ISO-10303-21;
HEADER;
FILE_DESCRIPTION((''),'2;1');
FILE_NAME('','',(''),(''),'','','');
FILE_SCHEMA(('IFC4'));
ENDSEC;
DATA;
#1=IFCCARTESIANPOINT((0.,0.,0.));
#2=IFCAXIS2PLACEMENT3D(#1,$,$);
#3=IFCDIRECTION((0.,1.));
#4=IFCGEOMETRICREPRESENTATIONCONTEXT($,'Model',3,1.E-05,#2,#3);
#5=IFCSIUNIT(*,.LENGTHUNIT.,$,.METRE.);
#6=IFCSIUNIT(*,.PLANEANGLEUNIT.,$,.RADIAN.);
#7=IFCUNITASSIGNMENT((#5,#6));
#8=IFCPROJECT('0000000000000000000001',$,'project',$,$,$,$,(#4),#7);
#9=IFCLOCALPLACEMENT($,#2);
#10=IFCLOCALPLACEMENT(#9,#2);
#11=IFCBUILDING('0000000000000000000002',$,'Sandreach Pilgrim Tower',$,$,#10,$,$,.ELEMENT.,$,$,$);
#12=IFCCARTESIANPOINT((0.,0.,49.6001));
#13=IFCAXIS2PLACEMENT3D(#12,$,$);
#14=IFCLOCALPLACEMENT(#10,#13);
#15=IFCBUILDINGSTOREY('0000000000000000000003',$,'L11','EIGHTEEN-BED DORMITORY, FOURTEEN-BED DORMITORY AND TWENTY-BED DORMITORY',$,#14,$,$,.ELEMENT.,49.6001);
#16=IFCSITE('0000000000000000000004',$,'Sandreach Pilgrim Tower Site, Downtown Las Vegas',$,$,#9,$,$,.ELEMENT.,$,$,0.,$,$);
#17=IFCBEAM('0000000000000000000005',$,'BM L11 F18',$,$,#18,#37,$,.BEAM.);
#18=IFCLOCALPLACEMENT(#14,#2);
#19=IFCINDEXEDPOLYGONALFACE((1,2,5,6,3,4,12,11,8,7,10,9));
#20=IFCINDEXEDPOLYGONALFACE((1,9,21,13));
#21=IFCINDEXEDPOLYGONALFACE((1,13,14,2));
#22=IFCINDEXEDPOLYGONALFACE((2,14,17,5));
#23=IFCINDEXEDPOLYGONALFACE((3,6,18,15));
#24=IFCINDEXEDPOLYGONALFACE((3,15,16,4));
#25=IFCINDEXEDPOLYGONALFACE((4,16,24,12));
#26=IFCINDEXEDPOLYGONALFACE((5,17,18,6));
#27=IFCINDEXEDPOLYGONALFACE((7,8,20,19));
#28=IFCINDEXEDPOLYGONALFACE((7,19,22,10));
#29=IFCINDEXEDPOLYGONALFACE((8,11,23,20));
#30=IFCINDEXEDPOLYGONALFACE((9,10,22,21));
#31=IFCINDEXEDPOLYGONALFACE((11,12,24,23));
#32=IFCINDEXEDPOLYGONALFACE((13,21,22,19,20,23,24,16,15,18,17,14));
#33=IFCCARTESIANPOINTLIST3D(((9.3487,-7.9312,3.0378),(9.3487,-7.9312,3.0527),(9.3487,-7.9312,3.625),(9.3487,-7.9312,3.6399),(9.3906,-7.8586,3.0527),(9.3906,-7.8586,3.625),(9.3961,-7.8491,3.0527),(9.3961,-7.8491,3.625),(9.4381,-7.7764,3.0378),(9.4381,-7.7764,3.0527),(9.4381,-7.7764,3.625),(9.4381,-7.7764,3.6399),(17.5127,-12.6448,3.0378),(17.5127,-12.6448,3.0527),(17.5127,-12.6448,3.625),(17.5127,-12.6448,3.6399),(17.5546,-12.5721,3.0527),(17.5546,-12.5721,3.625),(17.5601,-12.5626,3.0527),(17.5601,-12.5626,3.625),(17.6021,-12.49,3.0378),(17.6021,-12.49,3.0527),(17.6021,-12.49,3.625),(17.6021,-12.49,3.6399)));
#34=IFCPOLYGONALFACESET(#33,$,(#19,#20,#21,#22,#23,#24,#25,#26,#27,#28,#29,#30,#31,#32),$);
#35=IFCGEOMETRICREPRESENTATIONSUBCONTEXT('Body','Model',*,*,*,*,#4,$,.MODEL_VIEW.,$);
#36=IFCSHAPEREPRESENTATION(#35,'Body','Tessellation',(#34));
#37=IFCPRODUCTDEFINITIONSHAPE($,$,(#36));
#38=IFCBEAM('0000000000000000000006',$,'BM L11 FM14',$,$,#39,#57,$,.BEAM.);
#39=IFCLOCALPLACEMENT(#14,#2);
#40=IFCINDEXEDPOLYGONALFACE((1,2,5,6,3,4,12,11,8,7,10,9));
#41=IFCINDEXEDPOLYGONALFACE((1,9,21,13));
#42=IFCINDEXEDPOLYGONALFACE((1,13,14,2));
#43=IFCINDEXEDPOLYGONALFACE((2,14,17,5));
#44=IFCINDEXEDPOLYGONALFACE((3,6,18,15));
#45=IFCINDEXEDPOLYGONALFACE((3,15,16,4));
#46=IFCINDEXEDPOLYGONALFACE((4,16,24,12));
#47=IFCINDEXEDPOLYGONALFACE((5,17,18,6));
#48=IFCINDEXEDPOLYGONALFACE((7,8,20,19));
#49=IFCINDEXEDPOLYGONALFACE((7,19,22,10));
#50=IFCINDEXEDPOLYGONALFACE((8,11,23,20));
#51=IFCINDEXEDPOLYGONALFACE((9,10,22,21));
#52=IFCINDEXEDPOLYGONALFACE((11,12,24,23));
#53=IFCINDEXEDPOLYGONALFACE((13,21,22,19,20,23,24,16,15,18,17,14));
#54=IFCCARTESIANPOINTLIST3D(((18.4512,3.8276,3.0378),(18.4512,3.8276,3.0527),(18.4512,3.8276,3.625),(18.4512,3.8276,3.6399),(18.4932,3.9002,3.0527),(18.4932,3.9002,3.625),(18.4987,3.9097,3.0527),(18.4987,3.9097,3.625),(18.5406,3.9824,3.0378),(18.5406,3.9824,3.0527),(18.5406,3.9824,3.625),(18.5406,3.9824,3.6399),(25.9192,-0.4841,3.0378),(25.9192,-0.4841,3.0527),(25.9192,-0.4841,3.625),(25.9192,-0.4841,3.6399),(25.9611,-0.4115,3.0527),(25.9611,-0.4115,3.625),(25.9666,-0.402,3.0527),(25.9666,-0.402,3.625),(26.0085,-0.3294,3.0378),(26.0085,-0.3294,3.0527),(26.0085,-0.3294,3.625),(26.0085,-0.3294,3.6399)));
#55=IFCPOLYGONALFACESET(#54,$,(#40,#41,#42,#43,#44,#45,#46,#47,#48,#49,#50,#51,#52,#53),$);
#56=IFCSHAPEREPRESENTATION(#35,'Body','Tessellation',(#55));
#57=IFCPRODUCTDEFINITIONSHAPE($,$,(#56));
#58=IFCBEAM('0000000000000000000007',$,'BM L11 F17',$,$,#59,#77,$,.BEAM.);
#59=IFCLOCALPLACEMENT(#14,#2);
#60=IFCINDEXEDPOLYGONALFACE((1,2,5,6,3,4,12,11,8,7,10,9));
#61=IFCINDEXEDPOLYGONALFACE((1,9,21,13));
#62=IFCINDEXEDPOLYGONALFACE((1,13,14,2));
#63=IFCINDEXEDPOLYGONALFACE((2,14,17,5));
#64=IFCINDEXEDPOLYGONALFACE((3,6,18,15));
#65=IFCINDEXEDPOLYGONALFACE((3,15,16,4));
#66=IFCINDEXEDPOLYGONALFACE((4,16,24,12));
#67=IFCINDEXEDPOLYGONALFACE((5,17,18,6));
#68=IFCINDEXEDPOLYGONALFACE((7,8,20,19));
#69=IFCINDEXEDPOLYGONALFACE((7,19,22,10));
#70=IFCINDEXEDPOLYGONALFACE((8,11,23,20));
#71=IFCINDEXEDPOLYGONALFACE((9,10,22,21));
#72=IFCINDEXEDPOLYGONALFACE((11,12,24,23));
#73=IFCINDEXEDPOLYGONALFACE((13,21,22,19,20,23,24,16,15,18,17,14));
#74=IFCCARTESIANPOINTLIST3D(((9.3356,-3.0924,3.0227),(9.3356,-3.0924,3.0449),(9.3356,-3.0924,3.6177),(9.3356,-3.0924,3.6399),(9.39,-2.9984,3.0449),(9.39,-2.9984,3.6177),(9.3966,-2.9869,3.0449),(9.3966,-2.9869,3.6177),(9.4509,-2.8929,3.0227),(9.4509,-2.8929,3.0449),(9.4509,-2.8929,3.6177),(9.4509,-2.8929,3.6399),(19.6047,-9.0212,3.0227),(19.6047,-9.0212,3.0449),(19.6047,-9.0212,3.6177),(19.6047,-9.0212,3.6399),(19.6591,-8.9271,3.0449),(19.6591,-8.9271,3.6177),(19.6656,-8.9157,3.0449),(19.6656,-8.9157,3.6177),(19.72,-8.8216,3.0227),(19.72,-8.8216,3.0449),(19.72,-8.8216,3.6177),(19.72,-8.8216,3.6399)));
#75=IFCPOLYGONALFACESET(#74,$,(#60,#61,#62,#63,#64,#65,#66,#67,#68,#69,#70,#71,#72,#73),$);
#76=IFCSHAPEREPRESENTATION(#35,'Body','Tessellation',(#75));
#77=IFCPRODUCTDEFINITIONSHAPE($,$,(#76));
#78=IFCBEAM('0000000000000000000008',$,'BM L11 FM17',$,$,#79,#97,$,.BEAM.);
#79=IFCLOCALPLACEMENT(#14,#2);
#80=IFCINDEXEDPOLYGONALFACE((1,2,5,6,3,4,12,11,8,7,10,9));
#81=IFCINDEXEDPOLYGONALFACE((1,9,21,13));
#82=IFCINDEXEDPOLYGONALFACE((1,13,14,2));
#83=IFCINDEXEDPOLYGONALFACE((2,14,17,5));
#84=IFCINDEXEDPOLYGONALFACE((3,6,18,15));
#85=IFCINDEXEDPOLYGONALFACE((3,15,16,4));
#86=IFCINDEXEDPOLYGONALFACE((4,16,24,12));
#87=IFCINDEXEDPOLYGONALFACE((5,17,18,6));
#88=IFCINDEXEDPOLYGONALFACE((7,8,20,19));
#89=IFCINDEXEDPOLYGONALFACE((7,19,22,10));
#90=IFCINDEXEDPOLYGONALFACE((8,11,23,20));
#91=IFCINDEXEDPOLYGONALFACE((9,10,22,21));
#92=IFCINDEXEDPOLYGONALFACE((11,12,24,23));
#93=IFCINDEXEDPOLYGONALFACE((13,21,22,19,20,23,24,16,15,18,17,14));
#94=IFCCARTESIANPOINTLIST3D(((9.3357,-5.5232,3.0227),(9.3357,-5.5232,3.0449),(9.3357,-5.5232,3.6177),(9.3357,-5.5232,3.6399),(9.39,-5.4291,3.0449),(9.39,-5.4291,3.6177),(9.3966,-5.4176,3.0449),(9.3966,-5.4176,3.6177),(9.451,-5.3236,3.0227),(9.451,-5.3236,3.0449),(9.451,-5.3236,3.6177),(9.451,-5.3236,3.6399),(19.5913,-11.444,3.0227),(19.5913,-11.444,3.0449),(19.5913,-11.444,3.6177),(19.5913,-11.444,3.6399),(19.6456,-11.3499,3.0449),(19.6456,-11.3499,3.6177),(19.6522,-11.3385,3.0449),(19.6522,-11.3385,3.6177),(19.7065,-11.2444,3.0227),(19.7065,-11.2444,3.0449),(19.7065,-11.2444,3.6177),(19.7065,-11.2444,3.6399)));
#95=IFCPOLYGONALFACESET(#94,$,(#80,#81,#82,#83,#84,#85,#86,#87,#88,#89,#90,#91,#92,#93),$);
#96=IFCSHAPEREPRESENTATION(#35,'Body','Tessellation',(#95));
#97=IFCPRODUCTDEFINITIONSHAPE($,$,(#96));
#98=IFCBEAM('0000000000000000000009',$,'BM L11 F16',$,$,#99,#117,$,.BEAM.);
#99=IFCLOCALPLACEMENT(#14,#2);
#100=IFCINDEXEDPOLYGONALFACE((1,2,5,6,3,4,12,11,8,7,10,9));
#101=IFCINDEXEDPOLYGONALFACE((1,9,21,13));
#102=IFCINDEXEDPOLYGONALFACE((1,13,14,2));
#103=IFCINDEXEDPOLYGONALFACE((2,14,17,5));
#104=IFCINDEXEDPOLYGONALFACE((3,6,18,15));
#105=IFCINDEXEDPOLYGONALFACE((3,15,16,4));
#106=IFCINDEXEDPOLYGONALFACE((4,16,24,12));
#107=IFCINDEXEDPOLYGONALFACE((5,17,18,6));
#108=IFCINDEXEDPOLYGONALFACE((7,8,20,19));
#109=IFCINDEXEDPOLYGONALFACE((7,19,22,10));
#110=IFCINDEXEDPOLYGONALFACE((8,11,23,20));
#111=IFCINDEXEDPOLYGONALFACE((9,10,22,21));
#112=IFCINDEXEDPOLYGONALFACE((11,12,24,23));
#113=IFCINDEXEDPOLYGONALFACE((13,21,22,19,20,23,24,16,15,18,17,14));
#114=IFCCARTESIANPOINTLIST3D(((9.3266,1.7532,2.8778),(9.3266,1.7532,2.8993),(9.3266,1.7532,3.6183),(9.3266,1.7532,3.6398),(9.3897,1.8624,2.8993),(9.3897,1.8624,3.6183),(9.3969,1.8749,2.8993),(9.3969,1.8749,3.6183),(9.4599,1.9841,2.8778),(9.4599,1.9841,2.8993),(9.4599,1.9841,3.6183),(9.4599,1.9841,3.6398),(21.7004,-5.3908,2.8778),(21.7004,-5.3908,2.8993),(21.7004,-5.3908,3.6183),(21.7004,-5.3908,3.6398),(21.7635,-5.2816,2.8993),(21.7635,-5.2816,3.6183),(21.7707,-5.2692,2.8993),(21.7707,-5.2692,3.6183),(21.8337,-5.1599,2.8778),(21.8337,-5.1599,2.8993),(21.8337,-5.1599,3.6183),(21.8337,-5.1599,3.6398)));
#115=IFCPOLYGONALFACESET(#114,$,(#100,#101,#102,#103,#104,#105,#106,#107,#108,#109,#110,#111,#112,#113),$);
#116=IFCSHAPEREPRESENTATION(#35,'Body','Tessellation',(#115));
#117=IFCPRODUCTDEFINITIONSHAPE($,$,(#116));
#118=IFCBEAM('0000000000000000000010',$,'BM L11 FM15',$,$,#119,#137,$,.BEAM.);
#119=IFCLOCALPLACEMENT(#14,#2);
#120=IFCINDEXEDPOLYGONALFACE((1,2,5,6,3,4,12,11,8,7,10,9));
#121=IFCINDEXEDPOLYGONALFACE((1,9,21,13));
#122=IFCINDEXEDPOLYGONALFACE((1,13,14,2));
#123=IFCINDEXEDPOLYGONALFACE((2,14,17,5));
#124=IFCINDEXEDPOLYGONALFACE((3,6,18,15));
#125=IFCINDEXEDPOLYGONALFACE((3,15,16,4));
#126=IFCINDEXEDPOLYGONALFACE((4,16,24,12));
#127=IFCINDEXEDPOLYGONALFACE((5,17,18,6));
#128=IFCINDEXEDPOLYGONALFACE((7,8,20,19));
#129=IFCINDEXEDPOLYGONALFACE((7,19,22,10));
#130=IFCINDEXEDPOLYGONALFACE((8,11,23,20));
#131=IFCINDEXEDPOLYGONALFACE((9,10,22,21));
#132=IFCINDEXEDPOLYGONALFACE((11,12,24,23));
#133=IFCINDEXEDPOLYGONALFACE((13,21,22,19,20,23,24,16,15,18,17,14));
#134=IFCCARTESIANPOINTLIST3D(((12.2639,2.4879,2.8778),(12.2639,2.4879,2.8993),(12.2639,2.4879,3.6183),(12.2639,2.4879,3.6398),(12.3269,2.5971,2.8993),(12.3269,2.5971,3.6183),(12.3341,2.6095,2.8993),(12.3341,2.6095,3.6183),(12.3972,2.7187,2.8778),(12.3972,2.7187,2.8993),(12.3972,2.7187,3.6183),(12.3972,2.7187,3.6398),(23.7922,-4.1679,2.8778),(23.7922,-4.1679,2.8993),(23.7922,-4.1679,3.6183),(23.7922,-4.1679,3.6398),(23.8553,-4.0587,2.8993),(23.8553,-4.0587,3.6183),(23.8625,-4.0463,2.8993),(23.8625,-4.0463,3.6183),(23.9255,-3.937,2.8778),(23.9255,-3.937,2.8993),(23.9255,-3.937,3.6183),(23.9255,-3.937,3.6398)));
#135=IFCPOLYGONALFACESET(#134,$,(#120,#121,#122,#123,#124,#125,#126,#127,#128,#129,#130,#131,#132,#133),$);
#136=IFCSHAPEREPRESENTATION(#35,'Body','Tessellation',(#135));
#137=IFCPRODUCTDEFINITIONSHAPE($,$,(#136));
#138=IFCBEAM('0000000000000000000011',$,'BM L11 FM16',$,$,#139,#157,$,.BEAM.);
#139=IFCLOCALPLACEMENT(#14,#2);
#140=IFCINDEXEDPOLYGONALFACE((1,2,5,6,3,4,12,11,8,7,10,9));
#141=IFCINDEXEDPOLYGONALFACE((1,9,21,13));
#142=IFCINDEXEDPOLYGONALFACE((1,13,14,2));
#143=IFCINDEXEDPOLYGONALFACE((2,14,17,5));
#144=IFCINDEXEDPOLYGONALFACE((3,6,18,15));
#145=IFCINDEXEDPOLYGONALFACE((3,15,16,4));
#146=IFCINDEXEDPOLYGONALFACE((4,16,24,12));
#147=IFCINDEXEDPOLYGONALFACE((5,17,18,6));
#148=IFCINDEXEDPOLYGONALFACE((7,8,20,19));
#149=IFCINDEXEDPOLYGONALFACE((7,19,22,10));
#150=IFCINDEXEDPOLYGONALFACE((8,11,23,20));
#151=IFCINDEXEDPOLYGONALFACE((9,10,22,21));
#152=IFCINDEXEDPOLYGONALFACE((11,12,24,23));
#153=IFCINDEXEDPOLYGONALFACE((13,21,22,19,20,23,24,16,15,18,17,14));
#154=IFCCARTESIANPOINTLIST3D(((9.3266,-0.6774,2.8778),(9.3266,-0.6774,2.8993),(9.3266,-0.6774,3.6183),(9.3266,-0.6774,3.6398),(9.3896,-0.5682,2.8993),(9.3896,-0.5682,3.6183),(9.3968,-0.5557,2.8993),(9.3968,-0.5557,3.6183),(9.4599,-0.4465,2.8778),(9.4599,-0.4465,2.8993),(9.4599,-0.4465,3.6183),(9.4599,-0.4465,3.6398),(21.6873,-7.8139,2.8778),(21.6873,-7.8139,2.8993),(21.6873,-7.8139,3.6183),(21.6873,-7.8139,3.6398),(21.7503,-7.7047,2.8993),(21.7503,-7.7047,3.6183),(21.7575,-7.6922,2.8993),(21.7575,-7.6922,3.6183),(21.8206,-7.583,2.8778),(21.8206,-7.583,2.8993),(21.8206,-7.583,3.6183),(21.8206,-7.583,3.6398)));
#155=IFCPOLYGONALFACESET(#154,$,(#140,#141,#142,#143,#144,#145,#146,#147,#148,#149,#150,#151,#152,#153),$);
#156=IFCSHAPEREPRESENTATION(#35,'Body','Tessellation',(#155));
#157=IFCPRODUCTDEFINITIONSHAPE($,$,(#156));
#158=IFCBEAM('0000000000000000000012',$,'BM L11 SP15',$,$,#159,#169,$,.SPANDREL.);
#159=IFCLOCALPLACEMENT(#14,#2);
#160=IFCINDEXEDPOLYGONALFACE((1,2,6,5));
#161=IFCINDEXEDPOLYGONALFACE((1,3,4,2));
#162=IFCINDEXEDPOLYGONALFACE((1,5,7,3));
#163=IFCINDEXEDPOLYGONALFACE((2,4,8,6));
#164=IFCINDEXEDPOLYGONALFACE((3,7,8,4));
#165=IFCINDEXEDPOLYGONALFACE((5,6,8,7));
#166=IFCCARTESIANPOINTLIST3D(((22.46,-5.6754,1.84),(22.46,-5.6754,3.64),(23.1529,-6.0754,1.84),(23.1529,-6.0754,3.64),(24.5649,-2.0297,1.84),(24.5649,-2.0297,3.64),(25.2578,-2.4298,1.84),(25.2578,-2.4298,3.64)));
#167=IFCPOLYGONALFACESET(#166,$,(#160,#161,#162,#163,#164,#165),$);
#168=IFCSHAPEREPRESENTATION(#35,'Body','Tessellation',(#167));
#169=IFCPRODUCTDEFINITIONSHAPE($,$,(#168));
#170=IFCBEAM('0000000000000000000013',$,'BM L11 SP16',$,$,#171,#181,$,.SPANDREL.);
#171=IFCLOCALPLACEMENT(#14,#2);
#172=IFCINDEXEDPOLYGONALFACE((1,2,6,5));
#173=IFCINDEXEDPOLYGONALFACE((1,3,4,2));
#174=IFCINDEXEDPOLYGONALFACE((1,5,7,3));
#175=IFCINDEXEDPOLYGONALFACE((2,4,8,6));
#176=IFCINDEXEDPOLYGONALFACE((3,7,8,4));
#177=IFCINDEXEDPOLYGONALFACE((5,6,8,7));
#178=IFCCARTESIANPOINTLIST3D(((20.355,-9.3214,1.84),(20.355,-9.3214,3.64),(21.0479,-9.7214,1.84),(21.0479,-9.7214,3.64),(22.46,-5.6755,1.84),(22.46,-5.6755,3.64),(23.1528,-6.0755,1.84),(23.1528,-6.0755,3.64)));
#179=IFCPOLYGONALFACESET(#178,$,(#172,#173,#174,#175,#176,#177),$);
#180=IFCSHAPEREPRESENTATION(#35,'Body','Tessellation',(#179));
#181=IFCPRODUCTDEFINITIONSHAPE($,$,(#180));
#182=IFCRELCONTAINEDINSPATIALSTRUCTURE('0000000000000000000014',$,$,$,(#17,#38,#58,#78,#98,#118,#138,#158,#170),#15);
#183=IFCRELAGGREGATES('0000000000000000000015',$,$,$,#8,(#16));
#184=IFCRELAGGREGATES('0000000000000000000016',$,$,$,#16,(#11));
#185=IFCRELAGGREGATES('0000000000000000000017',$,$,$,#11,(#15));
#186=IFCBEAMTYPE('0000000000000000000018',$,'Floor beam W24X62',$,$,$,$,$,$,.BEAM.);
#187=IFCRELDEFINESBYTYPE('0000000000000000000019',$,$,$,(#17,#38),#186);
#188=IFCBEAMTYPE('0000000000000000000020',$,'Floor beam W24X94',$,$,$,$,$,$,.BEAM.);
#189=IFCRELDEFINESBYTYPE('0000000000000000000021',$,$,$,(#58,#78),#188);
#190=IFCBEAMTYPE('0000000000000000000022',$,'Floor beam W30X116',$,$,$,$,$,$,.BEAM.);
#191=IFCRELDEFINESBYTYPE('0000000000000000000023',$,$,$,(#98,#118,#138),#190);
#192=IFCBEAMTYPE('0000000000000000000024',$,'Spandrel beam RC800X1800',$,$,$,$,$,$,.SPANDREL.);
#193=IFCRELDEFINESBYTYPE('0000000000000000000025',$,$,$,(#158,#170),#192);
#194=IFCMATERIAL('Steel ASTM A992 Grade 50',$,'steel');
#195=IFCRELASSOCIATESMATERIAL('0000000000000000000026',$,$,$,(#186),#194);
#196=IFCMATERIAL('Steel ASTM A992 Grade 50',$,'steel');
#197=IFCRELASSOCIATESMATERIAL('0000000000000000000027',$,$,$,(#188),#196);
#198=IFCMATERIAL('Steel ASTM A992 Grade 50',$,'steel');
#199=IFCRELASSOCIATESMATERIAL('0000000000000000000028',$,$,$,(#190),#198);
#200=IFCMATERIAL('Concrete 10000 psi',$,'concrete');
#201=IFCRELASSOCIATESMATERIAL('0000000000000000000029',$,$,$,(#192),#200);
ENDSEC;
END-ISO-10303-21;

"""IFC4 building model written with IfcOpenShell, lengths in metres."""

from ifc_helpers import new_model, si_unit, direction, frame, origin, origin_2d, place, context, subcontext, project, spatial, rectangle, i_section, extrude, material, material_profile, profile_set, type_object, element, save


model = new_model("IFC4")

# Units and contexts
model_context = context("Model", 3, precision=1e-05, world=origin(), true_north=direction((0.0, 1.0)))
body_context = subcontext(model_context, "Body", "Model", "MODEL_VIEW")
ifc_project = project(units=[si_unit("LENGTHUNIT", "METRE"), si_unit("PLANEANGLEUNIT", "RADIAN")], contexts=[model_context])

# Site, building, storey
site_placement = place(None, origin())
site = spatial("IfcSite", under=ifc_project, at=site_placement, Name="Sandreach Pilgrim Tower Site, Downtown Las Vegas", CompositionType="ELEMENT", RefElevation=0.0)
building_placement = place(site_placement, origin())
building = spatial("IfcBuilding", under=site, at=building_placement, Name="Sandreach Pilgrim Tower", CompositionType="ELEMENT")
storey_placement = place(building_placement, frame((0.0, 0.0, 49.6001)))
storey = spatial("IfcBuildingStorey", under=building, at=storey_placement, Name="L11", Description="EIGHTEEN-BED DORMITORY, FOURTEEN-BED DORMITORY AND TWENTY-BED DORMITORY", CompositionType="ELEMENT", Elevation=49.6001)

# Beams
ifc_material_1 = material(Name="Steel ASTM A992 Grade 50", Category="steel")
ifc_material_profile_1 = material_profile(ifc_material_1, i_section(OverallWidth=0.1787, OverallDepth=0.6021, WebThickness=0.011, FlangeThickness=0.0149, at=origin_2d()), Name="W24X62")
ifc_profile_set_1 = profile_set([ifc_material_profile_1], Name="Steel ASTM A992 Grade 50")
beam_type_1 = type_object("IfcBeamType", Name="Floor beam W24X62", PredefinedType="BEAM", material=ifc_profile_set_1)
beam_1_placement = place(storey_placement, frame((17.5574, -12.5674, 3.3389), z_axis=(-0.866021, 0.500008, 0.0), x_axis=(-0.500008, -0.866021, 0.0)))
element("IfcBeam", 1, at=beam_1_placement, inside=storey, type_object=beam_type_1, Name="BM L11 F18", PredefinedType="BEAM", context=body_context, shape_type="SweptSolid", body=[
    extrude(i_section(OverallWidth=0.1787, OverallDepth=0.6021, WebThickness=0.011, FlangeThickness=0.0149, at=origin_2d()), origin(), (0.0, 0.0, 1.0), 9.427),
])
beam_2_placement = place(storey_placement, frame((25.9639, -0.4067, 3.3389), z_axis=(-0.86602, 0.500009, 0.0), x_axis=(-0.500009, -0.86602, 0.0)))
element("IfcBeam", 2, at=beam_2_placement, inside=storey, type_object=beam_type_1, Name="BM L11 FM14", PredefinedType="BEAM", context=body_context, shape_type="SweptSolid", body=[
    extrude(i_section(OverallWidth=0.1787, OverallDepth=0.6021, WebThickness=0.011, FlangeThickness=0.0149, at=origin_2d()), origin(), (0.0, 0.0, 1.0), 8.6233),
])
ifc_material_2 = material(Name="Steel ASTM A992 Grade 50", Category="steel")
ifc_material_profile_2 = material_profile(ifc_material_2, i_section(OverallWidth=0.2305, OverallDepth=0.6172, WebThickness=0.0132, FlangeThickness=0.0222, at=origin_2d()), Name="W24X94")
ifc_profile_set_2 = profile_set([ifc_material_profile_2], Name="Steel ASTM A992 Grade 50")
beam_type_2 = type_object("IfcBeamType", Name="Floor beam W24X94", PredefinedType="BEAM", material=ifc_profile_set_2)
beam_3_placement = place(storey_placement, frame((19.6624, -8.9214, 3.3313), z_axis=(-0.86603, 0.499992, 0.0), x_axis=(-0.499992, -0.86603, 0.0)))
element("IfcBeam", 3, at=beam_3_placement, inside=storey, type_object=beam_type_2, Name="BM L11 F17", PredefinedType="BEAM", context=body_context, shape_type="SweptSolid", body=[
    extrude(i_section(OverallWidth=0.2305, OverallDepth=0.6172, WebThickness=0.0132, FlangeThickness=0.0222, at=origin_2d()), origin(), (0.0, 0.0, 1.0), 11.8577),
])
beam_4_placement = place(storey_placement, frame((19.6489, -11.3442, 3.3313), z_axis=(-0.866032, 0.499988, 0.0), x_axis=(-0.499988, -0.866032, 0.0)))
element("IfcBeam", 4, at=beam_4_placement, inside=storey, type_object=beam_type_2, Name="BM L11 FM17", PredefinedType="BEAM", context=body_context, shape_type="SweptSolid", body=[
    extrude(i_section(OverallWidth=0.2305, OverallDepth=0.6172, WebThickness=0.0132, FlangeThickness=0.0222, at=origin_2d()), origin(), (0.0, 0.0, 1.0), 11.842),
])
ifc_material_3 = material(Name="Steel ASTM A992 Grade 50", Category="steel")
ifc_material_profile_3 = material_profile(ifc_material_3, i_section(OverallWidth=0.2666, OverallDepth=0.762, WebThickness=0.0144, FlangeThickness=0.0215, at=origin_2d()), Name="W30X116")
ifc_profile_set_3 = profile_set([ifc_material_profile_3], Name="Steel ASTM A992 Grade 50")
beam_type_3 = type_object("IfcBeamType", Name="Floor beam W30X116", PredefinedType="BEAM", material=ifc_profile_set_3)
beam_5_placement = place(storey_placement, frame((21.7671, -5.2754, 3.2588), z_axis=(-0.866024, 0.500002, 0.0), x_axis=(-0.500002, -0.866024, 0.0)))
element("IfcBeam", 5, at=beam_5_placement, inside=storey, type_object=beam_type_3, Name="BM L11 F16", PredefinedType="BEAM", context=body_context, shape_type="SweptSolid", body=[
    extrude(i_section(OverallWidth=0.2666, OverallDepth=0.762, WebThickness=0.0144, FlangeThickness=0.0215, at=origin_2d()), origin(), (0.0, 0.0, 1.0), 14.2881),
])
beam_6_placement = place(storey_placement, frame((23.8589, -4.0525, 3.2588), z_axis=(-0.866029, 0.499993, 0.0), x_axis=(-0.499993, -0.866029, 0.0)))
element("IfcBeam", 6, at=beam_6_placement, inside=storey, type_object=beam_type_3, Name="BM L11 FM15", PredefinedType="BEAM", context=body_context, shape_type="SweptSolid", body=[
    extrude(i_section(OverallWidth=0.2666, OverallDepth=0.762, WebThickness=0.0144, FlangeThickness=0.0215, at=origin_2d()), origin(), (0.0, 0.0, 1.0), 13.3118),
])
beam_7_placement = place(storey_placement, frame((21.7539, -7.6985, 3.2588), z_axis=(-0.866023, 0.500004, 0.0), x_axis=(-0.500004, -0.866023, 0.0)))
element("IfcBeam", 7, at=beam_7_placement, inside=storey, type_object=beam_type_3, Name="BM L11 FM16", PredefinedType="BEAM", context=body_context, shape_type="SweptSolid", body=[
    extrude(i_section(OverallWidth=0.2666, OverallDepth=0.762, WebThickness=0.0144, FlangeThickness=0.0215, at=origin_2d()), origin(), (0.0, 0.0, 1.0), 14.2729),
])
ifc_material_4 = material(Name="Concrete 10000 psi", Category="concrete")
ifc_material_profile_4 = material_profile(ifc_material_4, rectangle(XDim=0.8, YDim=1.8, at=origin_2d()), Name="RC800X1800")
ifc_profile_set_4 = profile_set([ifc_material_profile_4], Name="Concrete 10000 psi")
beam_type_4 = type_object("IfcBeamType", Name="Spandrel beam RC800X1800", PredefinedType="SPANDREL", material=ifc_profile_set_4)
beam_8_placement = place(storey_placement, frame((24.9114, -2.2297, 2.74), z_axis=(-0.500019, -0.866015, 0.0), x_axis=(0.866015, -0.500019, 0.0)))
element("IfcBeam", 8, at=beam_8_placement, inside=storey, type_object=beam_type_4, Name="BM L11 SP15", PredefinedType="SPANDREL", context=body_context, shape_type="SweptSolid", body=[
    extrude(rectangle(XDim=0.8, YDim=1.8, at=origin_2d()), origin(), (0.0, 0.0, 1.0), 4.2097),
])
beam_9_placement = place(storey_placement, frame((22.8064, -5.8755, 2.74), z_axis=(-0.499994, -0.866029, 0.0), x_axis=(0.866029, -0.499994, 0.0)))
element("IfcBeam", 9, at=beam_9_placement, inside=storey, type_object=beam_type_4, Name="BM L11 SP16", PredefinedType="SPANDREL", context=body_context, shape_type="SweptSolid", body=[
    extrude(rectangle(XDim=0.8, YDim=1.8, at=origin_2d()), origin(), (0.0, 0.0, 1.0), 4.21),
])

save(model, "model.ifc")
